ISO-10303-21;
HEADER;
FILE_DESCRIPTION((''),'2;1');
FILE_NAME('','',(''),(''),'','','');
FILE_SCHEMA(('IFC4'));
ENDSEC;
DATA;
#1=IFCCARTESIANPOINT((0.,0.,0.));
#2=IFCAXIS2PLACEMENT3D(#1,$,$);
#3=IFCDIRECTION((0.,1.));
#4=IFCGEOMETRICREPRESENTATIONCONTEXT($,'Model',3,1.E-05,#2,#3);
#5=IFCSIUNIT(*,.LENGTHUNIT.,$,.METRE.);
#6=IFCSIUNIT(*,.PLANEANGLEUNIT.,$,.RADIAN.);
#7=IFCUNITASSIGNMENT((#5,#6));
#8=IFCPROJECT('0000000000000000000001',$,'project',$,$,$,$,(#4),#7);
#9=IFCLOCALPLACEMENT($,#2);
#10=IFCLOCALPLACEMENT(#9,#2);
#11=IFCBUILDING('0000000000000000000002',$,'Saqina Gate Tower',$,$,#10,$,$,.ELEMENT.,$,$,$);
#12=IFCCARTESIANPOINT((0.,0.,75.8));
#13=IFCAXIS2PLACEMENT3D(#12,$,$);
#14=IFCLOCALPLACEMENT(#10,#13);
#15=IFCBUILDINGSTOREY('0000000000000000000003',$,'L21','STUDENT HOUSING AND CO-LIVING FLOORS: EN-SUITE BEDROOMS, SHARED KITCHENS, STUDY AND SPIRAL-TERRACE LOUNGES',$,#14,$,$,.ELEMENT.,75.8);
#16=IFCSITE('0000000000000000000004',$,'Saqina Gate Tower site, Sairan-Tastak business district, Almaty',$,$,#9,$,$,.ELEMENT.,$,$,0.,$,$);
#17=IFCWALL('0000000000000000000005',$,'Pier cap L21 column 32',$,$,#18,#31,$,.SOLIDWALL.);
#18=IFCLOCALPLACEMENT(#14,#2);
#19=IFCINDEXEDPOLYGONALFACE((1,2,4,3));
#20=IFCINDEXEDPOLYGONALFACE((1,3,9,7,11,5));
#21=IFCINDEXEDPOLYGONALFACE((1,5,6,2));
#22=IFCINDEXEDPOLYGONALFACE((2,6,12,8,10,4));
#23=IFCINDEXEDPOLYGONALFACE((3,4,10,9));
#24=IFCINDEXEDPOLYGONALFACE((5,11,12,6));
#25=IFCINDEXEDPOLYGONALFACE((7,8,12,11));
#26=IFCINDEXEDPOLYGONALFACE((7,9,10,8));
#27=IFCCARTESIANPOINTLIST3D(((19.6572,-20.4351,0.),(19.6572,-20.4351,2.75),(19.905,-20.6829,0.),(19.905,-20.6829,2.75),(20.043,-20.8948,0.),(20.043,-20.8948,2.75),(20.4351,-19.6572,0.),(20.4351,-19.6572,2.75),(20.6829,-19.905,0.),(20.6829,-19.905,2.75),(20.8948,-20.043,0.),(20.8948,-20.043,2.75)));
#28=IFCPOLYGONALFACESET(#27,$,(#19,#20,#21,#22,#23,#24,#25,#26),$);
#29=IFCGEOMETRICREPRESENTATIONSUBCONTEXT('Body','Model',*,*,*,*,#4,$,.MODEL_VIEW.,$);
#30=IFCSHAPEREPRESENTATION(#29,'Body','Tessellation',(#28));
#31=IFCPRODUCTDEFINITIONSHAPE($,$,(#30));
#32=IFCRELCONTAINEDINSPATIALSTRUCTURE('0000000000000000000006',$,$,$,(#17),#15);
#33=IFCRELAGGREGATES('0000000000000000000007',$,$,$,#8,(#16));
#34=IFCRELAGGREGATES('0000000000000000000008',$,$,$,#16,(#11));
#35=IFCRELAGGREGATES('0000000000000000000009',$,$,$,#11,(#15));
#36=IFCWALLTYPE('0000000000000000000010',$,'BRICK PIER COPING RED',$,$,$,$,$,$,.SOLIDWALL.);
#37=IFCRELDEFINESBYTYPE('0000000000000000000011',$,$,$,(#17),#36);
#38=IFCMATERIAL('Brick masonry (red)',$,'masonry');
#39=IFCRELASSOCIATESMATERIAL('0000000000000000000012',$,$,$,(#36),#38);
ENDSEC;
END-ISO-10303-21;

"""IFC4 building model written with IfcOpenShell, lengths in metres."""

from ifc_helpers import new_model, si_unit, direction, frame, origin, place, context, subcontext, project, spatial, polyline, outline, extrude, material, type_object, element, save


model = new_model("IFC4")

# Units and contexts
model_context = context("Model", 3, precision=1e-05, world=origin(), true_north=direction((0.0, 1.0)))
body_context = subcontext(model_context, "Body", "Model", "MODEL_VIEW")
ifc_project = project(units=[si_unit("LENGTHUNIT", "METRE"), si_unit("PLANEANGLEUNIT", "RADIAN")], contexts=[model_context])

# Site, building, storey
site_placement = place(None, origin())
site = spatial("IfcSite", under=ifc_project, at=site_placement, Name="Saqina Gate Tower site, Sairan-Tastak business district, Almaty", CompositionType="ELEMENT", RefElevation=0.0)
building_placement = place(site_placement, origin())
building = spatial("IfcBuilding", under=site, at=building_placement, Name="Saqina Gate Tower", CompositionType="ELEMENT")
storey_placement = place(building_placement, frame((0.0, 0.0, 75.8)))
storey = spatial("IfcBuildingStorey", under=building, at=storey_placement, Name="L21", Description="STUDENT HOUSING AND CO-LIVING FLOORS: EN-SUITE BEDROOMS, SHARED KITCHENS, STUDY AND SPIRAL-TERRACE LOUNGES", CompositionType="ELEMENT", Elevation=75.8)

# Wall
ifc_material = material(Name="Brick masonry (red)", Category="masonry")
wall_type = type_object("IfcWallType", Name="BRICK PIER COPING RED", PredefinedType="SOLIDWALL", material=ifc_material)
wall_1_placement = place(storey_placement, origin())
element("IfcWall", 1, at=wall_1_placement, inside=storey, type_object=wall_type, Name="Pier cap L21 column 32", PredefinedType="SOLIDWALL", context=body_context, shape_type="SweptSolid", body=[
    extrude(outline(polyline([(20.8948, -20.043), (20.4351, -19.6572), (20.6829, -19.905), (19.905, -20.6829), (19.6572, -20.4351), (20.043, -20.8948), (20.8948, -20.043)])), origin(), (0.0, 0.0, 1.0), 2.75),
])

save(model, "model.ifc")
